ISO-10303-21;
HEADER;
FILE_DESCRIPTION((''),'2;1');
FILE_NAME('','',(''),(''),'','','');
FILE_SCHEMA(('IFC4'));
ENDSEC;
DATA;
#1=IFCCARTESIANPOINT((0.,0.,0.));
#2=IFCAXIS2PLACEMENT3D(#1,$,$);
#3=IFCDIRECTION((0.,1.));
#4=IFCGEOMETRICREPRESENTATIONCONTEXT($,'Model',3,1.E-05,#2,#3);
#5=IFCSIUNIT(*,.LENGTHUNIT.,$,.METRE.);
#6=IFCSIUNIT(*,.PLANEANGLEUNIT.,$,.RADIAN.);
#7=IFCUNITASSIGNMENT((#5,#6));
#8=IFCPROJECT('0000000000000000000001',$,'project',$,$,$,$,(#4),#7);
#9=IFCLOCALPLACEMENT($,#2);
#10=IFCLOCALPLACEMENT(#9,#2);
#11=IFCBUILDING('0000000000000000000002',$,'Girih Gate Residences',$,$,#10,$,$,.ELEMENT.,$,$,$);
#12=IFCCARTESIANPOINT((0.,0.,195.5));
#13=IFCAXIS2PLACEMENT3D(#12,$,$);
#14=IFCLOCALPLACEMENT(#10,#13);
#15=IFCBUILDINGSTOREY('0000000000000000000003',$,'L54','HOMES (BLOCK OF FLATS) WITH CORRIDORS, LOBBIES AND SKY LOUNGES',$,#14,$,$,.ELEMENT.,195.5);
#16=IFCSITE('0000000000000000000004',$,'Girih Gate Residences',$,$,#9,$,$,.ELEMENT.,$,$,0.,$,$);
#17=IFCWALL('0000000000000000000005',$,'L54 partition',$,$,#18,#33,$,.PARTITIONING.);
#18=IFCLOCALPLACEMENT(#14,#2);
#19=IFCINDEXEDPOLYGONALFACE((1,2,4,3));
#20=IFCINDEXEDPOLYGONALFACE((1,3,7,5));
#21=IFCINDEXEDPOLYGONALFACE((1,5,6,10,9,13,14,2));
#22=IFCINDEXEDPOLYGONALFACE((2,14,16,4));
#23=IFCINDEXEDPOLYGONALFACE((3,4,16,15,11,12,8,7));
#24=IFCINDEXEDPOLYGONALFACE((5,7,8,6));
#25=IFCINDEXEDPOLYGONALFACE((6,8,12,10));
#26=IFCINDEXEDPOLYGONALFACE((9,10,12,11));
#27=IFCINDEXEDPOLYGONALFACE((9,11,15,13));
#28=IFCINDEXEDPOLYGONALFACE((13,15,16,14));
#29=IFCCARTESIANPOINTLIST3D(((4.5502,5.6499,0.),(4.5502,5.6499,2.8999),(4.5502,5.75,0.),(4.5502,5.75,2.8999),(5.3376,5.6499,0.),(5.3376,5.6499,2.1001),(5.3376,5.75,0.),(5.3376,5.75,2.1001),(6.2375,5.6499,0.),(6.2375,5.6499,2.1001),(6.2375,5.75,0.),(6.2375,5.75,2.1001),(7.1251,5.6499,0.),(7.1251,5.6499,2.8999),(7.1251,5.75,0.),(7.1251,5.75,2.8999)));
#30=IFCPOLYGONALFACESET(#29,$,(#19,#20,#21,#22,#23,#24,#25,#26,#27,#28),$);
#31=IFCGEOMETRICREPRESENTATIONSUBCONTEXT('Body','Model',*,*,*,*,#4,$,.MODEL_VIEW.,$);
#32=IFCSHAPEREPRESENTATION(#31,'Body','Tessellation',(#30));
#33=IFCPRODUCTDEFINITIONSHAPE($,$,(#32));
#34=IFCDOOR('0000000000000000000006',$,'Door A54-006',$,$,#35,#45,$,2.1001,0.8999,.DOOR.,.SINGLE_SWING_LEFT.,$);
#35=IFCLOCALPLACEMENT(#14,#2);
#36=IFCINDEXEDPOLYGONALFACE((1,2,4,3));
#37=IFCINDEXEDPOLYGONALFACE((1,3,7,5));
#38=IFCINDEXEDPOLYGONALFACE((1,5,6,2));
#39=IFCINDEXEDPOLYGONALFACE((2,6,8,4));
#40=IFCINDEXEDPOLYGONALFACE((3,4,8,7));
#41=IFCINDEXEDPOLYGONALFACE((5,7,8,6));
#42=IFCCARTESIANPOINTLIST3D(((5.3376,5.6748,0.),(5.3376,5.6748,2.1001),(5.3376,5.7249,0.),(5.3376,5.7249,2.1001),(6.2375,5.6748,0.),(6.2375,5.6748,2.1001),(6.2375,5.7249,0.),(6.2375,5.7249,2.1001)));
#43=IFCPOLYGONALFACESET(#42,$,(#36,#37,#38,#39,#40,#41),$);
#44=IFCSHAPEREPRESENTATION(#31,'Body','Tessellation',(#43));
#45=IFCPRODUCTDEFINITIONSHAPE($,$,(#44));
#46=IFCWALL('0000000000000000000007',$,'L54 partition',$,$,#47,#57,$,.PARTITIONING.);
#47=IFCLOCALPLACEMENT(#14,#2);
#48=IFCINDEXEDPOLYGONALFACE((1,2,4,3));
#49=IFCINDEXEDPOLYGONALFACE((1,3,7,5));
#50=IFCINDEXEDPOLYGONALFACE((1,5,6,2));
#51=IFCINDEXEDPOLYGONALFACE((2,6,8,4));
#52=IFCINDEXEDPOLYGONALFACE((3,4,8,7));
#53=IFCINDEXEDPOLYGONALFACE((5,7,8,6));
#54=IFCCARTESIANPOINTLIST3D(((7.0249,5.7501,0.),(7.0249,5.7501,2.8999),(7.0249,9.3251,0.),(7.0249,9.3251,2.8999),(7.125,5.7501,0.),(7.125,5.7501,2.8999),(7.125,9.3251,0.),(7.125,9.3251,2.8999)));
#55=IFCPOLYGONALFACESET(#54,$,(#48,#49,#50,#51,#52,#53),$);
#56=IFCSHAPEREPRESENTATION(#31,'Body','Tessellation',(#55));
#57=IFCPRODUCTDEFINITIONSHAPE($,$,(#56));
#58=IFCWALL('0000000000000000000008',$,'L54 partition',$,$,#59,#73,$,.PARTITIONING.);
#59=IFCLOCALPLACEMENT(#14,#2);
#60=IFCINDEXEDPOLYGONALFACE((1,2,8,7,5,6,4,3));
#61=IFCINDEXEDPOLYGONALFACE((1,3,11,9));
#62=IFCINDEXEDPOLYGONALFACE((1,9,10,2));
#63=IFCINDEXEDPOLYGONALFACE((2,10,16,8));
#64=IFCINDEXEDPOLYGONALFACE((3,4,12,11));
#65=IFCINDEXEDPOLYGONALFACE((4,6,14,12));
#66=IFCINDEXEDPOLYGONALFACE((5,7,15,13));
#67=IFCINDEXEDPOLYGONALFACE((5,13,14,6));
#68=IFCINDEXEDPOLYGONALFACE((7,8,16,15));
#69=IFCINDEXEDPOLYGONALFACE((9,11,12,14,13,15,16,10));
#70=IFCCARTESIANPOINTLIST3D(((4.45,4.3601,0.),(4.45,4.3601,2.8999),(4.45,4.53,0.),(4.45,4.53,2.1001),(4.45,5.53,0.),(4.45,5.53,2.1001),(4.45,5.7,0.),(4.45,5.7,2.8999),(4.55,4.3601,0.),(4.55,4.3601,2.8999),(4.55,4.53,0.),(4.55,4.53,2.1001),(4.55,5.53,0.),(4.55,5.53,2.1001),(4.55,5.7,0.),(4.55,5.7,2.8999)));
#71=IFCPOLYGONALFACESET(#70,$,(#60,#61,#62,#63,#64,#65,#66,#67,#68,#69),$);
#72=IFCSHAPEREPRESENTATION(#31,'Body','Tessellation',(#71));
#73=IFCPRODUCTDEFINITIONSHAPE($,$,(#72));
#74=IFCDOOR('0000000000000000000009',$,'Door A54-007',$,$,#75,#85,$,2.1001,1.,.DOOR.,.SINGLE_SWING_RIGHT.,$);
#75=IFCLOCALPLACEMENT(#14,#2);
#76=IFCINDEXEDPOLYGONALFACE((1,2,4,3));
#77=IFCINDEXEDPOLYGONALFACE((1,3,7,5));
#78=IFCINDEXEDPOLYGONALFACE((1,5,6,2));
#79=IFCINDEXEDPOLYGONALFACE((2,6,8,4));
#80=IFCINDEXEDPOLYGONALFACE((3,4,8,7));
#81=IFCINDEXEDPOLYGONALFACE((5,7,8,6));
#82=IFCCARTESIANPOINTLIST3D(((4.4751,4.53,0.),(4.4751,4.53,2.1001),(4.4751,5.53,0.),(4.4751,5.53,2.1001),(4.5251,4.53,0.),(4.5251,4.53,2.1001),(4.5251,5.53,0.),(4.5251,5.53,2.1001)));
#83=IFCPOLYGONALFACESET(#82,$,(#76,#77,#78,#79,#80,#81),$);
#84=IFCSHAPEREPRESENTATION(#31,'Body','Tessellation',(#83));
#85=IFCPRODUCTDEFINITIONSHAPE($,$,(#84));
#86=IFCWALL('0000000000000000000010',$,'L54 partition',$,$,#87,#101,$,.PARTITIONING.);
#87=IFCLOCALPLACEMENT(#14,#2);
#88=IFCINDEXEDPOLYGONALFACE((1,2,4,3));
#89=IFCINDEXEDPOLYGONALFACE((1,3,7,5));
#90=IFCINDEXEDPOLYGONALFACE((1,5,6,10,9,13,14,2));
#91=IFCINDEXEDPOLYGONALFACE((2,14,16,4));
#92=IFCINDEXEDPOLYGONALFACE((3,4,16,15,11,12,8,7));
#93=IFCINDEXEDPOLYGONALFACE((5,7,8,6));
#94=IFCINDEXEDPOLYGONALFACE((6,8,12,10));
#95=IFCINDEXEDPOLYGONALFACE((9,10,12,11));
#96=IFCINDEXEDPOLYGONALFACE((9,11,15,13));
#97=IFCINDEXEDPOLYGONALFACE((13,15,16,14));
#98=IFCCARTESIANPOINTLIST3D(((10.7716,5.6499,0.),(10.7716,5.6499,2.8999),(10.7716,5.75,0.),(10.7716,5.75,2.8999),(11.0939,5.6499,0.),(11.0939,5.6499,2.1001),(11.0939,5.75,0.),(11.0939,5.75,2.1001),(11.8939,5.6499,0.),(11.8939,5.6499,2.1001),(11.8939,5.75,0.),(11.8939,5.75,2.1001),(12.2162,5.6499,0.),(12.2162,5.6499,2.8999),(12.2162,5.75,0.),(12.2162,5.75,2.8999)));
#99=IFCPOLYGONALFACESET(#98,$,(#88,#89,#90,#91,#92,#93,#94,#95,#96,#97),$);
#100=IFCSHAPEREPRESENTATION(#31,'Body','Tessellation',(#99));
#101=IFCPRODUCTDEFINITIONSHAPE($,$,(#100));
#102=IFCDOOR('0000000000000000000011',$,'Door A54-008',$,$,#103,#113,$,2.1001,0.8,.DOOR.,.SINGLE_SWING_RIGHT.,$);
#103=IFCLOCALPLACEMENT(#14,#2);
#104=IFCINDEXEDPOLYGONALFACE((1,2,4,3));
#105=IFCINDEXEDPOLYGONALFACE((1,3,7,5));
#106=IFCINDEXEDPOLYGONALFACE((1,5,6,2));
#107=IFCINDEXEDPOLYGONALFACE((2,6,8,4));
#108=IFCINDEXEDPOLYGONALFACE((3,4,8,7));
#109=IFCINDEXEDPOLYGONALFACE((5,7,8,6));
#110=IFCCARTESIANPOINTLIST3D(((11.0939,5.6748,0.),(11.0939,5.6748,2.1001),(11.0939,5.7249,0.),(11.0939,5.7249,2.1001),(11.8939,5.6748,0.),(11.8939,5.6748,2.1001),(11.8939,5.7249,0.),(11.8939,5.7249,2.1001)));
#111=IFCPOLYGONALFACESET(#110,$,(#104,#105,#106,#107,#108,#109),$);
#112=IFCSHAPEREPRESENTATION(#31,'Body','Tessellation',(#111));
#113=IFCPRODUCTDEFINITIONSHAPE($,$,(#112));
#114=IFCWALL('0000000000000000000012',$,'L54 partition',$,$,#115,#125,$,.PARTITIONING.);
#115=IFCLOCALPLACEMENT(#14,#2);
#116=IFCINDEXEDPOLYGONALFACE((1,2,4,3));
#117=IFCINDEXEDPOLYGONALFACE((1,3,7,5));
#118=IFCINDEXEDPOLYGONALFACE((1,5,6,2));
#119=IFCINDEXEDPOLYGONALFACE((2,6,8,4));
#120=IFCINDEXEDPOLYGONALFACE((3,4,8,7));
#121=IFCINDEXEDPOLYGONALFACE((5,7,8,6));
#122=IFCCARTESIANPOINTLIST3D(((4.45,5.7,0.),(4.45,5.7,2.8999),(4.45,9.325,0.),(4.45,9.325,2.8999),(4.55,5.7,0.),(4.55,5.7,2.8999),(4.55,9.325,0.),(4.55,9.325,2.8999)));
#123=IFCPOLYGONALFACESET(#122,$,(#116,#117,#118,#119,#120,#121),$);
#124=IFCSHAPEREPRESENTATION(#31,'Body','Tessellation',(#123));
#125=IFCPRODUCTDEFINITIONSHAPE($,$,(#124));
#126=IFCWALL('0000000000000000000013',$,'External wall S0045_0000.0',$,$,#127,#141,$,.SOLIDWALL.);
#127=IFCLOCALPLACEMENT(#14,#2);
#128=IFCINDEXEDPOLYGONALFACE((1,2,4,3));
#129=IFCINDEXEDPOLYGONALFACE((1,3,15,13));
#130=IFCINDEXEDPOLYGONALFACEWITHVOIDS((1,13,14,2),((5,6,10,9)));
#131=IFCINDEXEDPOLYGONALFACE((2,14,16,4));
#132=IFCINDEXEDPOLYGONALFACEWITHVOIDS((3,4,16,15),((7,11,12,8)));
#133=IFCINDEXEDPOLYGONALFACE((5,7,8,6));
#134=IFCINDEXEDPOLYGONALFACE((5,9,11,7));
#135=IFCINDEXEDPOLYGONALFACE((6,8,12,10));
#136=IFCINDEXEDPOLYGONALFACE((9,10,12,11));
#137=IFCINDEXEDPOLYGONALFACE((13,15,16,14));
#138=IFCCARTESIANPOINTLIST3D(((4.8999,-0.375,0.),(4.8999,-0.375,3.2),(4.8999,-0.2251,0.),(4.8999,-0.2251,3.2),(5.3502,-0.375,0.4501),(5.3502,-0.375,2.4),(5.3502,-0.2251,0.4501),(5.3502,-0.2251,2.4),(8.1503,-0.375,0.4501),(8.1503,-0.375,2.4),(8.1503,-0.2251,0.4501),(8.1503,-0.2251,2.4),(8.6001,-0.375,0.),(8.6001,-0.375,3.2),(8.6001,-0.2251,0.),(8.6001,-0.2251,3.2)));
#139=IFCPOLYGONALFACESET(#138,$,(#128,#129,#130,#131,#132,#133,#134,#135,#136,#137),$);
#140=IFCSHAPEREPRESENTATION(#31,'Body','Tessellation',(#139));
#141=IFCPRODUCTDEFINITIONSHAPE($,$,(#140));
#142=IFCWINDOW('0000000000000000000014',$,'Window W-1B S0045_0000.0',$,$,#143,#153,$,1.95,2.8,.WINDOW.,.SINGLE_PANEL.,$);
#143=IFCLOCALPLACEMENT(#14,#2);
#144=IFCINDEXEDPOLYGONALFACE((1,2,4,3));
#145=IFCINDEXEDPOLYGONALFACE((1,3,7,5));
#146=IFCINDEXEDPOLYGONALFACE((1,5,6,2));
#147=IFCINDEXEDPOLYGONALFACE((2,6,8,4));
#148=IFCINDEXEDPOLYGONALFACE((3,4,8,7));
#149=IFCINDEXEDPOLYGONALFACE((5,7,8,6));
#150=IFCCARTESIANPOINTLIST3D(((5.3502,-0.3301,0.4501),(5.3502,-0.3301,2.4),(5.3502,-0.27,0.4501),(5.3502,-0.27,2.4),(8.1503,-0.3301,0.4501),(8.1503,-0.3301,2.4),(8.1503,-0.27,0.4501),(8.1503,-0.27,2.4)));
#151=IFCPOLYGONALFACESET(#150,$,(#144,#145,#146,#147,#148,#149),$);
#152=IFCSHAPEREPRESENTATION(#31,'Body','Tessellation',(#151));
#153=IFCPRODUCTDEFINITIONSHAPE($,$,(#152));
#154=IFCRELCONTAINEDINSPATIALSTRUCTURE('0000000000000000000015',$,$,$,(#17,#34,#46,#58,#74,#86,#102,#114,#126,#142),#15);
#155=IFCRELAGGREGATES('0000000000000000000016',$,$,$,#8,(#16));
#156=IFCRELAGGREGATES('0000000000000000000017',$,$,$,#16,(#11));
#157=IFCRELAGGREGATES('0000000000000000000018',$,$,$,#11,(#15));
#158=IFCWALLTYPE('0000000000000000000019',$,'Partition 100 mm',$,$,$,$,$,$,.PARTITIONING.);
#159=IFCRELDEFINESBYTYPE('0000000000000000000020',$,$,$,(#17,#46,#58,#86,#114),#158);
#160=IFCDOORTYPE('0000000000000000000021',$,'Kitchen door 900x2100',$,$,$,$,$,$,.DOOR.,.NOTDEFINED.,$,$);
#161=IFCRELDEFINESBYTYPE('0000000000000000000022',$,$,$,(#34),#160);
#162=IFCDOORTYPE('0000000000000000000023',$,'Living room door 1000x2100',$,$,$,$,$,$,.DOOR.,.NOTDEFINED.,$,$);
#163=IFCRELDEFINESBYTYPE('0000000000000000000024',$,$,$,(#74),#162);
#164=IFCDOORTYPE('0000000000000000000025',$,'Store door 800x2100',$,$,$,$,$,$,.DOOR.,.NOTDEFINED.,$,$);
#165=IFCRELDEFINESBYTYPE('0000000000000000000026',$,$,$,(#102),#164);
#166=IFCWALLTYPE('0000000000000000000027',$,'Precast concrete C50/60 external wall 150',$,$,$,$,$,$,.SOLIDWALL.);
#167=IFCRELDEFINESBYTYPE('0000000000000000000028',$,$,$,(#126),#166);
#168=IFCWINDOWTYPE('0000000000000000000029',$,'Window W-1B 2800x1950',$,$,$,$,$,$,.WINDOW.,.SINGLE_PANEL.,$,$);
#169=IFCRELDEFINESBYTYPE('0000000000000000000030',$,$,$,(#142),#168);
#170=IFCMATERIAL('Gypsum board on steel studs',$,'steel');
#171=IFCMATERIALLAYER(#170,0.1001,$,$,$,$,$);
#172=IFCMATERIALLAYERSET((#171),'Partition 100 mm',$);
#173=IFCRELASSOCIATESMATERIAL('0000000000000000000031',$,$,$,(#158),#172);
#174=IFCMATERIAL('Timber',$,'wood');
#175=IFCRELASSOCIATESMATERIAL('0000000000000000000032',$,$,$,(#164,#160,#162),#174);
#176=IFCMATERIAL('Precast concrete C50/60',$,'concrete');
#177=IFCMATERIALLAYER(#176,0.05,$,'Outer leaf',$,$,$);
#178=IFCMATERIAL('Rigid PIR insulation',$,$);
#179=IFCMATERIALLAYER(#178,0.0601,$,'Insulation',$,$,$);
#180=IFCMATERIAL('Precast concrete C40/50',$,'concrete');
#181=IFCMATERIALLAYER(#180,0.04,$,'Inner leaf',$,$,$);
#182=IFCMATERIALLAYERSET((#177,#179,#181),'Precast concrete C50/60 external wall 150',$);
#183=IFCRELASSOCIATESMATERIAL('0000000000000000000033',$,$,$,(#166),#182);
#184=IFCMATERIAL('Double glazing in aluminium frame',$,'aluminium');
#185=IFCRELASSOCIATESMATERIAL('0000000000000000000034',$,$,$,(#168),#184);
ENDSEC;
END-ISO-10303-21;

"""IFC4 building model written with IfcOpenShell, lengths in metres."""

from ifc_helpers import new_model, si_unit, direction, frame, frame_2d, origin, place, context, subcontext, project, spatial, rectangle, extrude, material, layer, layer_set, type_object, element, fill, save


model = new_model("IFC4")

# Units and contexts
model_context = context("Model", 3, precision=1e-05, world=origin(), true_north=direction((0.0, 1.0)))
body_context = subcontext(model_context, "Body", "Model", "MODEL_VIEW")
ifc_project = project(units=[si_unit("LENGTHUNIT", "METRE"), si_unit("PLANEANGLEUNIT", "RADIAN")], contexts=[model_context])

# Site, building, storey
site_placement = place(None, origin())
site = spatial("IfcSite", under=ifc_project, at=site_placement, Name="Girih Gate Residences", CompositionType="ELEMENT", RefElevation=0.0)
building_placement = place(site_placement, origin())
building = spatial("IfcBuilding", under=site, at=building_placement, Name="Girih Gate Residences", CompositionType="ELEMENT")
storey_placement = place(building_placement, frame((0.0, 0.0, 195.5)))
storey = spatial("IfcBuildingStorey", under=building, at=storey_placement, Name="L54", Description="HOMES (BLOCK OF FLATS) WITH CORRIDORS, LOBBIES AND SKY LOUNGES", CompositionType="ELEMENT", Elevation=195.5)

# Shared definitions
ifc_material_1 = material(Name="Gypsum board on steel studs", Category="steel")
ifc_layer_1 = layer(ifc_material_1, 0.1001)
ifc_layer_set_1 = layer_set([ifc_layer_1], Name="Partition 100 mm")
wall_type_1 = type_object("IfcWallType", Name="Partition 100 mm", PredefinedType="PARTITIONING", material=ifc_layer_set_1)

# Shared definitions
ifc_material_2 = material(Name="Timber", Category="wood")

# Shared definitions
door_type_1 = type_object("IfcDoorType", Name="Store door 800x2100", OperationType="NOTDEFINED", PredefinedType="DOOR", material=ifc_material_2)

# Wall, opening, door
wall_1_placement = place(storey_placement, frame((4.55, 5.7, 0.0), z_axis=(0.0, 0.0, 1.0), x_axis=(1.0, 0.0, 0.0)))
wall_1 = element("IfcWall", 1, at=wall_1_placement, inside=storey, type_object=wall_type_1, Name="L54 partition", PredefinedType="PARTITIONING", context=body_context, shape_type="SweptSolid", body=[
    extrude(rectangle(XDim=2.575, YDim=0.1001, at=frame_2d((1.2876, 0.0))), origin(), (0.0, 0.0, 1.0), 2.8999),
])
opening_1_placement = place(wall_1_placement, frame((0.7876, 0.0, 0.0)))
opening_1 = element("IfcOpeningElement", 2, at=opening_1_placement, cuts=wall_1, PredefinedType="OPENING", context=body_context, shape_type="SweptSolid", body=[
    extrude(rectangle(XDim=0.8999, YDim=2.1001, at=frame_2d((0.45, 1.05))), frame((0.0, 0.0601, 0.0), z_axis=(0.0, -1.0, 0.0), x_axis=(1.0, 0.0, 0.0)), (0.0, 0.0, 1.0), 0.1201),
])
door_type_2 = type_object("IfcDoorType", Name="Kitchen door 900x2100", OperationType="NOTDEFINED", PredefinedType="DOOR", material=ifc_material_2)
door_1_placement = place(opening_1_placement, origin())
door_1 = element("IfcDoor", 3, at=door_1_placement, inside=storey, type_object=door_type_2, Name="Door A54-006", OperationType="SINGLE_SWING_LEFT", OverallHeight=2.1001, OverallWidth=0.8999, PredefinedType="DOOR", context=body_context, shape_type="SweptSolid", body=[
    extrude(rectangle(XDim=0.8999, YDim=2.1001, at=frame_2d((0.45, 1.05))), frame((0.0, 0.0249, 0.0), z_axis=(0.0, -1.0, 0.0), x_axis=(1.0, 0.0, 0.0)), (0.0, 0.0, 1.0), 0.05),
])
fill(opening_1, door_1)

# Wall
wall_2_placement = place(storey_placement, frame((7.075, 5.75, 0.0), z_axis=(0.0, 0.0, 1.0), x_axis=(0.0, 1.0, 0.0)))
element("IfcWall", 4, at=wall_2_placement, inside=storey, type_object=wall_type_1, Name="L54 partition", PredefinedType="PARTITIONING", context=body_context, shape_type="SweptSolid", body=[
    extrude(rectangle(XDim=3.575, YDim=0.1001, at=frame_2d((1.7876, 0.0))), origin(), (0.0, 0.0, 1.0), 2.8999),
])

# Walls, openings, doors
wall_3_placement = place(storey_placement, frame((4.5, 4.3601, 0.0), z_axis=(0.0, 0.0, 1.0), x_axis=(0.0, 1.0, 0.0)))
wall_3 = element("IfcWall", 5, at=wall_3_placement, inside=storey, type_object=wall_type_1, Name="L54 partition", PredefinedType="PARTITIONING", context=body_context, shape_type="SweptSolid", body=[
    extrude(rectangle(XDim=1.3398, YDim=0.1001, at=frame_2d((0.6699, 0.0))), origin(), (0.0, 0.0, 1.0), 2.8999),
])
opening_2_placement = place(wall_3_placement, frame((0.1699, 0.0, 0.0)))
opening_2 = element("IfcOpeningElement", 6, at=opening_2_placement, cuts=wall_3, PredefinedType="OPENING", context=body_context, shape_type="SweptSolid", body=[
    extrude(rectangle(XDim=1.0, YDim=2.1001, at=frame_2d((0.5, 1.05))), frame((0.0, 0.0601, 0.0), z_axis=(0.0, -1.0, 0.0), x_axis=(1.0, 0.0, 0.0)), (0.0, 0.0, 1.0), 0.1201),
])
door_type_3 = type_object("IfcDoorType", Name="Living room door 1000x2100", OperationType="NOTDEFINED", PredefinedType="DOOR", material=ifc_material_2)
door_2_placement = place(opening_2_placement, origin())
door_2 = element("IfcDoor", 7, at=door_2_placement, inside=storey, type_object=door_type_3, Name="Door A54-007", OperationType="SINGLE_SWING_RIGHT", OverallHeight=2.1001, OverallWidth=1.0, PredefinedType="DOOR", context=body_context, shape_type="SweptSolid", body=[
    extrude(rectangle(XDim=1.0, YDim=2.1001, at=frame_2d((0.5, 1.05))), frame((0.0, 0.0249, 0.0), z_axis=(0.0, -1.0, 0.0), x_axis=(1.0, 0.0, 0.0)), (0.0, 0.0, 1.0), 0.05),
])
fill(opening_2, door_2)
wall_4_placement = place(storey_placement, frame((10.7717, 5.7, 0.0), z_axis=(0.0, 0.0, 1.0), x_axis=(1.0, 0.0, 0.0)))
wall_4 = element("IfcWall", 8, at=wall_4_placement, inside=storey, type_object=wall_type_1, Name="L54 partition", PredefinedType="PARTITIONING", context=body_context, shape_type="SweptSolid", body=[
    extrude(rectangle(XDim=1.4446, YDim=0.1001, at=frame_2d((0.7222, 0.0))), origin(), (0.0, 0.0, 1.0), 2.8999),
])
opening_3_placement = place(wall_4_placement, frame((0.3223, 0.0, 0.0)))
opening_3 = element("IfcOpeningElement", 9, at=opening_3_placement, cuts=wall_4, PredefinedType="OPENING", context=body_context, shape_type="SweptSolid", body=[
    extrude(rectangle(XDim=0.8, YDim=2.1001, at=frame_2d((0.3999, 1.05))), frame((0.0, 0.0601, 0.0), z_axis=(0.0, -1.0, 0.0), x_axis=(1.0, 0.0, 0.0)), (0.0, 0.0, 1.0), 0.1201),
])
door_3_placement = place(opening_3_placement, origin())
door_3 = element("IfcDoor", 10, at=door_3_placement, inside=storey, type_object=door_type_1, Name="Door A54-008", OperationType="SINGLE_SWING_RIGHT", OverallHeight=2.1001, OverallWidth=0.8, PredefinedType="DOOR", context=body_context, shape_type="SweptSolid", body=[
    extrude(rectangle(XDim=0.8, YDim=2.1001, at=frame_2d((0.3999, 1.05))), frame((0.0, 0.0249, 0.0), z_axis=(0.0, -1.0, 0.0), x_axis=(1.0, 0.0, 0.0)), (0.0, 0.0, 1.0), 0.05),
])
fill(opening_3, door_3)

# Wall
wall_5_placement = place(storey_placement, frame((4.5, 5.7, 0.0), z_axis=(0.0, 0.0, 1.0), x_axis=(0.0, 1.0, 0.0)))
element("IfcWall", 11, at=wall_5_placement, inside=storey, type_object=wall_type_1, Name="L54 partition", PredefinedType="PARTITIONING", context=body_context, shape_type="SweptSolid", body=[
    extrude(rectangle(XDim=3.625, YDim=0.1001, at=frame_2d((1.8125, 0.0))), origin(), (0.0, 0.0, 1.0), 2.8999),
])

# Wall, opening, window
ifc_material_3 = material(Name="Precast concrete C50/60", Category="concrete")
ifc_layer_2 = layer(ifc_material_3, 0.05, Name="Outer leaf")
ifc_material_4 = material(Name="Rigid PIR insulation")
ifc_layer_3 = layer(ifc_material_4, 0.0601, Name="Insulation")
ifc_material_5 = material(Name="Precast concrete C40/50", Category="concrete")
ifc_layer_4 = layer(ifc_material_5, 0.04, Name="Inner leaf")
ifc_layer_set_2 = layer_set([ifc_layer_2, ifc_layer_3, ifc_layer_4], Name="Precast concrete C50/60 external wall 150")
wall_type_2 = type_object("IfcWallType", Name="Precast concrete C50/60 external wall 150", PredefinedType="SOLIDWALL", material=ifc_layer_set_2)
wall_6_placement = place(storey_placement, frame((8.6001, -0.3, 0.0), z_axis=(0.0, 0.0, 1.0), x_axis=(-1.0, 0.0, 0.0)))
wall_6 = element("IfcWall", 12, at=wall_6_placement, inside=storey, type_object=wall_type_2, Name="External wall S0045_0000.0", PredefinedType="SOLIDWALL", context=body_context, shape_type="SweptSolid", body=[
    extrude(rectangle(XDim=3.7002, YDim=0.1499, at=frame_2d((1.8501, 0.0))), origin(), (0.0, 0.0, 1.0), 3.2),
])
opening_4_placement = place(wall_6_placement, frame((0.45, 0.0, 0.45)))
opening_4 = element("IfcOpeningElement", 13, at=opening_4_placement, cuts=wall_6, PredefinedType="OPENING", context=body_context, shape_type="SweptSolid", body=[
    extrude(rectangle(XDim=2.8, YDim=1.95, at=frame_2d((1.3999, 0.9751))), frame((0.0, 0.085, 0.0), z_axis=(0.0, -1.0, 0.0), x_axis=(1.0, 0.0, 0.0)), (0.0, 0.0, 1.0), 0.1699),
])
ifc_material_6 = material(Name="Double glazing in aluminium frame", Category="aluminium")
window_type = type_object("IfcWindowType", Name="Window W-1B 2800x1950", PartitioningType="SINGLE_PANEL", PredefinedType="WINDOW", material=ifc_material_6)
window_1_placement = place(opening_4_placement, origin())
window_1 = element("IfcWindow", 14, at=window_1_placement, inside=storey, type_object=window_type, Name="Window W-1B S0045_0000.0", OverallHeight=1.95, OverallWidth=2.8, PartitioningType="SINGLE_PANEL", PredefinedType="WINDOW", context=body_context, shape_type="SweptSolid", body=[
    extrude(rectangle(XDim=2.8, YDim=1.95, at=frame_2d((1.3999, 0.9751))), frame((0.0, 0.03, 0.0), z_axis=(0.0, -1.0, 0.0), x_axis=(1.0, 0.0, 0.0)), (0.0, 0.0, 1.0), 0.0601),
])
fill(opening_4, window_1)

save(model, "model.ifc")
